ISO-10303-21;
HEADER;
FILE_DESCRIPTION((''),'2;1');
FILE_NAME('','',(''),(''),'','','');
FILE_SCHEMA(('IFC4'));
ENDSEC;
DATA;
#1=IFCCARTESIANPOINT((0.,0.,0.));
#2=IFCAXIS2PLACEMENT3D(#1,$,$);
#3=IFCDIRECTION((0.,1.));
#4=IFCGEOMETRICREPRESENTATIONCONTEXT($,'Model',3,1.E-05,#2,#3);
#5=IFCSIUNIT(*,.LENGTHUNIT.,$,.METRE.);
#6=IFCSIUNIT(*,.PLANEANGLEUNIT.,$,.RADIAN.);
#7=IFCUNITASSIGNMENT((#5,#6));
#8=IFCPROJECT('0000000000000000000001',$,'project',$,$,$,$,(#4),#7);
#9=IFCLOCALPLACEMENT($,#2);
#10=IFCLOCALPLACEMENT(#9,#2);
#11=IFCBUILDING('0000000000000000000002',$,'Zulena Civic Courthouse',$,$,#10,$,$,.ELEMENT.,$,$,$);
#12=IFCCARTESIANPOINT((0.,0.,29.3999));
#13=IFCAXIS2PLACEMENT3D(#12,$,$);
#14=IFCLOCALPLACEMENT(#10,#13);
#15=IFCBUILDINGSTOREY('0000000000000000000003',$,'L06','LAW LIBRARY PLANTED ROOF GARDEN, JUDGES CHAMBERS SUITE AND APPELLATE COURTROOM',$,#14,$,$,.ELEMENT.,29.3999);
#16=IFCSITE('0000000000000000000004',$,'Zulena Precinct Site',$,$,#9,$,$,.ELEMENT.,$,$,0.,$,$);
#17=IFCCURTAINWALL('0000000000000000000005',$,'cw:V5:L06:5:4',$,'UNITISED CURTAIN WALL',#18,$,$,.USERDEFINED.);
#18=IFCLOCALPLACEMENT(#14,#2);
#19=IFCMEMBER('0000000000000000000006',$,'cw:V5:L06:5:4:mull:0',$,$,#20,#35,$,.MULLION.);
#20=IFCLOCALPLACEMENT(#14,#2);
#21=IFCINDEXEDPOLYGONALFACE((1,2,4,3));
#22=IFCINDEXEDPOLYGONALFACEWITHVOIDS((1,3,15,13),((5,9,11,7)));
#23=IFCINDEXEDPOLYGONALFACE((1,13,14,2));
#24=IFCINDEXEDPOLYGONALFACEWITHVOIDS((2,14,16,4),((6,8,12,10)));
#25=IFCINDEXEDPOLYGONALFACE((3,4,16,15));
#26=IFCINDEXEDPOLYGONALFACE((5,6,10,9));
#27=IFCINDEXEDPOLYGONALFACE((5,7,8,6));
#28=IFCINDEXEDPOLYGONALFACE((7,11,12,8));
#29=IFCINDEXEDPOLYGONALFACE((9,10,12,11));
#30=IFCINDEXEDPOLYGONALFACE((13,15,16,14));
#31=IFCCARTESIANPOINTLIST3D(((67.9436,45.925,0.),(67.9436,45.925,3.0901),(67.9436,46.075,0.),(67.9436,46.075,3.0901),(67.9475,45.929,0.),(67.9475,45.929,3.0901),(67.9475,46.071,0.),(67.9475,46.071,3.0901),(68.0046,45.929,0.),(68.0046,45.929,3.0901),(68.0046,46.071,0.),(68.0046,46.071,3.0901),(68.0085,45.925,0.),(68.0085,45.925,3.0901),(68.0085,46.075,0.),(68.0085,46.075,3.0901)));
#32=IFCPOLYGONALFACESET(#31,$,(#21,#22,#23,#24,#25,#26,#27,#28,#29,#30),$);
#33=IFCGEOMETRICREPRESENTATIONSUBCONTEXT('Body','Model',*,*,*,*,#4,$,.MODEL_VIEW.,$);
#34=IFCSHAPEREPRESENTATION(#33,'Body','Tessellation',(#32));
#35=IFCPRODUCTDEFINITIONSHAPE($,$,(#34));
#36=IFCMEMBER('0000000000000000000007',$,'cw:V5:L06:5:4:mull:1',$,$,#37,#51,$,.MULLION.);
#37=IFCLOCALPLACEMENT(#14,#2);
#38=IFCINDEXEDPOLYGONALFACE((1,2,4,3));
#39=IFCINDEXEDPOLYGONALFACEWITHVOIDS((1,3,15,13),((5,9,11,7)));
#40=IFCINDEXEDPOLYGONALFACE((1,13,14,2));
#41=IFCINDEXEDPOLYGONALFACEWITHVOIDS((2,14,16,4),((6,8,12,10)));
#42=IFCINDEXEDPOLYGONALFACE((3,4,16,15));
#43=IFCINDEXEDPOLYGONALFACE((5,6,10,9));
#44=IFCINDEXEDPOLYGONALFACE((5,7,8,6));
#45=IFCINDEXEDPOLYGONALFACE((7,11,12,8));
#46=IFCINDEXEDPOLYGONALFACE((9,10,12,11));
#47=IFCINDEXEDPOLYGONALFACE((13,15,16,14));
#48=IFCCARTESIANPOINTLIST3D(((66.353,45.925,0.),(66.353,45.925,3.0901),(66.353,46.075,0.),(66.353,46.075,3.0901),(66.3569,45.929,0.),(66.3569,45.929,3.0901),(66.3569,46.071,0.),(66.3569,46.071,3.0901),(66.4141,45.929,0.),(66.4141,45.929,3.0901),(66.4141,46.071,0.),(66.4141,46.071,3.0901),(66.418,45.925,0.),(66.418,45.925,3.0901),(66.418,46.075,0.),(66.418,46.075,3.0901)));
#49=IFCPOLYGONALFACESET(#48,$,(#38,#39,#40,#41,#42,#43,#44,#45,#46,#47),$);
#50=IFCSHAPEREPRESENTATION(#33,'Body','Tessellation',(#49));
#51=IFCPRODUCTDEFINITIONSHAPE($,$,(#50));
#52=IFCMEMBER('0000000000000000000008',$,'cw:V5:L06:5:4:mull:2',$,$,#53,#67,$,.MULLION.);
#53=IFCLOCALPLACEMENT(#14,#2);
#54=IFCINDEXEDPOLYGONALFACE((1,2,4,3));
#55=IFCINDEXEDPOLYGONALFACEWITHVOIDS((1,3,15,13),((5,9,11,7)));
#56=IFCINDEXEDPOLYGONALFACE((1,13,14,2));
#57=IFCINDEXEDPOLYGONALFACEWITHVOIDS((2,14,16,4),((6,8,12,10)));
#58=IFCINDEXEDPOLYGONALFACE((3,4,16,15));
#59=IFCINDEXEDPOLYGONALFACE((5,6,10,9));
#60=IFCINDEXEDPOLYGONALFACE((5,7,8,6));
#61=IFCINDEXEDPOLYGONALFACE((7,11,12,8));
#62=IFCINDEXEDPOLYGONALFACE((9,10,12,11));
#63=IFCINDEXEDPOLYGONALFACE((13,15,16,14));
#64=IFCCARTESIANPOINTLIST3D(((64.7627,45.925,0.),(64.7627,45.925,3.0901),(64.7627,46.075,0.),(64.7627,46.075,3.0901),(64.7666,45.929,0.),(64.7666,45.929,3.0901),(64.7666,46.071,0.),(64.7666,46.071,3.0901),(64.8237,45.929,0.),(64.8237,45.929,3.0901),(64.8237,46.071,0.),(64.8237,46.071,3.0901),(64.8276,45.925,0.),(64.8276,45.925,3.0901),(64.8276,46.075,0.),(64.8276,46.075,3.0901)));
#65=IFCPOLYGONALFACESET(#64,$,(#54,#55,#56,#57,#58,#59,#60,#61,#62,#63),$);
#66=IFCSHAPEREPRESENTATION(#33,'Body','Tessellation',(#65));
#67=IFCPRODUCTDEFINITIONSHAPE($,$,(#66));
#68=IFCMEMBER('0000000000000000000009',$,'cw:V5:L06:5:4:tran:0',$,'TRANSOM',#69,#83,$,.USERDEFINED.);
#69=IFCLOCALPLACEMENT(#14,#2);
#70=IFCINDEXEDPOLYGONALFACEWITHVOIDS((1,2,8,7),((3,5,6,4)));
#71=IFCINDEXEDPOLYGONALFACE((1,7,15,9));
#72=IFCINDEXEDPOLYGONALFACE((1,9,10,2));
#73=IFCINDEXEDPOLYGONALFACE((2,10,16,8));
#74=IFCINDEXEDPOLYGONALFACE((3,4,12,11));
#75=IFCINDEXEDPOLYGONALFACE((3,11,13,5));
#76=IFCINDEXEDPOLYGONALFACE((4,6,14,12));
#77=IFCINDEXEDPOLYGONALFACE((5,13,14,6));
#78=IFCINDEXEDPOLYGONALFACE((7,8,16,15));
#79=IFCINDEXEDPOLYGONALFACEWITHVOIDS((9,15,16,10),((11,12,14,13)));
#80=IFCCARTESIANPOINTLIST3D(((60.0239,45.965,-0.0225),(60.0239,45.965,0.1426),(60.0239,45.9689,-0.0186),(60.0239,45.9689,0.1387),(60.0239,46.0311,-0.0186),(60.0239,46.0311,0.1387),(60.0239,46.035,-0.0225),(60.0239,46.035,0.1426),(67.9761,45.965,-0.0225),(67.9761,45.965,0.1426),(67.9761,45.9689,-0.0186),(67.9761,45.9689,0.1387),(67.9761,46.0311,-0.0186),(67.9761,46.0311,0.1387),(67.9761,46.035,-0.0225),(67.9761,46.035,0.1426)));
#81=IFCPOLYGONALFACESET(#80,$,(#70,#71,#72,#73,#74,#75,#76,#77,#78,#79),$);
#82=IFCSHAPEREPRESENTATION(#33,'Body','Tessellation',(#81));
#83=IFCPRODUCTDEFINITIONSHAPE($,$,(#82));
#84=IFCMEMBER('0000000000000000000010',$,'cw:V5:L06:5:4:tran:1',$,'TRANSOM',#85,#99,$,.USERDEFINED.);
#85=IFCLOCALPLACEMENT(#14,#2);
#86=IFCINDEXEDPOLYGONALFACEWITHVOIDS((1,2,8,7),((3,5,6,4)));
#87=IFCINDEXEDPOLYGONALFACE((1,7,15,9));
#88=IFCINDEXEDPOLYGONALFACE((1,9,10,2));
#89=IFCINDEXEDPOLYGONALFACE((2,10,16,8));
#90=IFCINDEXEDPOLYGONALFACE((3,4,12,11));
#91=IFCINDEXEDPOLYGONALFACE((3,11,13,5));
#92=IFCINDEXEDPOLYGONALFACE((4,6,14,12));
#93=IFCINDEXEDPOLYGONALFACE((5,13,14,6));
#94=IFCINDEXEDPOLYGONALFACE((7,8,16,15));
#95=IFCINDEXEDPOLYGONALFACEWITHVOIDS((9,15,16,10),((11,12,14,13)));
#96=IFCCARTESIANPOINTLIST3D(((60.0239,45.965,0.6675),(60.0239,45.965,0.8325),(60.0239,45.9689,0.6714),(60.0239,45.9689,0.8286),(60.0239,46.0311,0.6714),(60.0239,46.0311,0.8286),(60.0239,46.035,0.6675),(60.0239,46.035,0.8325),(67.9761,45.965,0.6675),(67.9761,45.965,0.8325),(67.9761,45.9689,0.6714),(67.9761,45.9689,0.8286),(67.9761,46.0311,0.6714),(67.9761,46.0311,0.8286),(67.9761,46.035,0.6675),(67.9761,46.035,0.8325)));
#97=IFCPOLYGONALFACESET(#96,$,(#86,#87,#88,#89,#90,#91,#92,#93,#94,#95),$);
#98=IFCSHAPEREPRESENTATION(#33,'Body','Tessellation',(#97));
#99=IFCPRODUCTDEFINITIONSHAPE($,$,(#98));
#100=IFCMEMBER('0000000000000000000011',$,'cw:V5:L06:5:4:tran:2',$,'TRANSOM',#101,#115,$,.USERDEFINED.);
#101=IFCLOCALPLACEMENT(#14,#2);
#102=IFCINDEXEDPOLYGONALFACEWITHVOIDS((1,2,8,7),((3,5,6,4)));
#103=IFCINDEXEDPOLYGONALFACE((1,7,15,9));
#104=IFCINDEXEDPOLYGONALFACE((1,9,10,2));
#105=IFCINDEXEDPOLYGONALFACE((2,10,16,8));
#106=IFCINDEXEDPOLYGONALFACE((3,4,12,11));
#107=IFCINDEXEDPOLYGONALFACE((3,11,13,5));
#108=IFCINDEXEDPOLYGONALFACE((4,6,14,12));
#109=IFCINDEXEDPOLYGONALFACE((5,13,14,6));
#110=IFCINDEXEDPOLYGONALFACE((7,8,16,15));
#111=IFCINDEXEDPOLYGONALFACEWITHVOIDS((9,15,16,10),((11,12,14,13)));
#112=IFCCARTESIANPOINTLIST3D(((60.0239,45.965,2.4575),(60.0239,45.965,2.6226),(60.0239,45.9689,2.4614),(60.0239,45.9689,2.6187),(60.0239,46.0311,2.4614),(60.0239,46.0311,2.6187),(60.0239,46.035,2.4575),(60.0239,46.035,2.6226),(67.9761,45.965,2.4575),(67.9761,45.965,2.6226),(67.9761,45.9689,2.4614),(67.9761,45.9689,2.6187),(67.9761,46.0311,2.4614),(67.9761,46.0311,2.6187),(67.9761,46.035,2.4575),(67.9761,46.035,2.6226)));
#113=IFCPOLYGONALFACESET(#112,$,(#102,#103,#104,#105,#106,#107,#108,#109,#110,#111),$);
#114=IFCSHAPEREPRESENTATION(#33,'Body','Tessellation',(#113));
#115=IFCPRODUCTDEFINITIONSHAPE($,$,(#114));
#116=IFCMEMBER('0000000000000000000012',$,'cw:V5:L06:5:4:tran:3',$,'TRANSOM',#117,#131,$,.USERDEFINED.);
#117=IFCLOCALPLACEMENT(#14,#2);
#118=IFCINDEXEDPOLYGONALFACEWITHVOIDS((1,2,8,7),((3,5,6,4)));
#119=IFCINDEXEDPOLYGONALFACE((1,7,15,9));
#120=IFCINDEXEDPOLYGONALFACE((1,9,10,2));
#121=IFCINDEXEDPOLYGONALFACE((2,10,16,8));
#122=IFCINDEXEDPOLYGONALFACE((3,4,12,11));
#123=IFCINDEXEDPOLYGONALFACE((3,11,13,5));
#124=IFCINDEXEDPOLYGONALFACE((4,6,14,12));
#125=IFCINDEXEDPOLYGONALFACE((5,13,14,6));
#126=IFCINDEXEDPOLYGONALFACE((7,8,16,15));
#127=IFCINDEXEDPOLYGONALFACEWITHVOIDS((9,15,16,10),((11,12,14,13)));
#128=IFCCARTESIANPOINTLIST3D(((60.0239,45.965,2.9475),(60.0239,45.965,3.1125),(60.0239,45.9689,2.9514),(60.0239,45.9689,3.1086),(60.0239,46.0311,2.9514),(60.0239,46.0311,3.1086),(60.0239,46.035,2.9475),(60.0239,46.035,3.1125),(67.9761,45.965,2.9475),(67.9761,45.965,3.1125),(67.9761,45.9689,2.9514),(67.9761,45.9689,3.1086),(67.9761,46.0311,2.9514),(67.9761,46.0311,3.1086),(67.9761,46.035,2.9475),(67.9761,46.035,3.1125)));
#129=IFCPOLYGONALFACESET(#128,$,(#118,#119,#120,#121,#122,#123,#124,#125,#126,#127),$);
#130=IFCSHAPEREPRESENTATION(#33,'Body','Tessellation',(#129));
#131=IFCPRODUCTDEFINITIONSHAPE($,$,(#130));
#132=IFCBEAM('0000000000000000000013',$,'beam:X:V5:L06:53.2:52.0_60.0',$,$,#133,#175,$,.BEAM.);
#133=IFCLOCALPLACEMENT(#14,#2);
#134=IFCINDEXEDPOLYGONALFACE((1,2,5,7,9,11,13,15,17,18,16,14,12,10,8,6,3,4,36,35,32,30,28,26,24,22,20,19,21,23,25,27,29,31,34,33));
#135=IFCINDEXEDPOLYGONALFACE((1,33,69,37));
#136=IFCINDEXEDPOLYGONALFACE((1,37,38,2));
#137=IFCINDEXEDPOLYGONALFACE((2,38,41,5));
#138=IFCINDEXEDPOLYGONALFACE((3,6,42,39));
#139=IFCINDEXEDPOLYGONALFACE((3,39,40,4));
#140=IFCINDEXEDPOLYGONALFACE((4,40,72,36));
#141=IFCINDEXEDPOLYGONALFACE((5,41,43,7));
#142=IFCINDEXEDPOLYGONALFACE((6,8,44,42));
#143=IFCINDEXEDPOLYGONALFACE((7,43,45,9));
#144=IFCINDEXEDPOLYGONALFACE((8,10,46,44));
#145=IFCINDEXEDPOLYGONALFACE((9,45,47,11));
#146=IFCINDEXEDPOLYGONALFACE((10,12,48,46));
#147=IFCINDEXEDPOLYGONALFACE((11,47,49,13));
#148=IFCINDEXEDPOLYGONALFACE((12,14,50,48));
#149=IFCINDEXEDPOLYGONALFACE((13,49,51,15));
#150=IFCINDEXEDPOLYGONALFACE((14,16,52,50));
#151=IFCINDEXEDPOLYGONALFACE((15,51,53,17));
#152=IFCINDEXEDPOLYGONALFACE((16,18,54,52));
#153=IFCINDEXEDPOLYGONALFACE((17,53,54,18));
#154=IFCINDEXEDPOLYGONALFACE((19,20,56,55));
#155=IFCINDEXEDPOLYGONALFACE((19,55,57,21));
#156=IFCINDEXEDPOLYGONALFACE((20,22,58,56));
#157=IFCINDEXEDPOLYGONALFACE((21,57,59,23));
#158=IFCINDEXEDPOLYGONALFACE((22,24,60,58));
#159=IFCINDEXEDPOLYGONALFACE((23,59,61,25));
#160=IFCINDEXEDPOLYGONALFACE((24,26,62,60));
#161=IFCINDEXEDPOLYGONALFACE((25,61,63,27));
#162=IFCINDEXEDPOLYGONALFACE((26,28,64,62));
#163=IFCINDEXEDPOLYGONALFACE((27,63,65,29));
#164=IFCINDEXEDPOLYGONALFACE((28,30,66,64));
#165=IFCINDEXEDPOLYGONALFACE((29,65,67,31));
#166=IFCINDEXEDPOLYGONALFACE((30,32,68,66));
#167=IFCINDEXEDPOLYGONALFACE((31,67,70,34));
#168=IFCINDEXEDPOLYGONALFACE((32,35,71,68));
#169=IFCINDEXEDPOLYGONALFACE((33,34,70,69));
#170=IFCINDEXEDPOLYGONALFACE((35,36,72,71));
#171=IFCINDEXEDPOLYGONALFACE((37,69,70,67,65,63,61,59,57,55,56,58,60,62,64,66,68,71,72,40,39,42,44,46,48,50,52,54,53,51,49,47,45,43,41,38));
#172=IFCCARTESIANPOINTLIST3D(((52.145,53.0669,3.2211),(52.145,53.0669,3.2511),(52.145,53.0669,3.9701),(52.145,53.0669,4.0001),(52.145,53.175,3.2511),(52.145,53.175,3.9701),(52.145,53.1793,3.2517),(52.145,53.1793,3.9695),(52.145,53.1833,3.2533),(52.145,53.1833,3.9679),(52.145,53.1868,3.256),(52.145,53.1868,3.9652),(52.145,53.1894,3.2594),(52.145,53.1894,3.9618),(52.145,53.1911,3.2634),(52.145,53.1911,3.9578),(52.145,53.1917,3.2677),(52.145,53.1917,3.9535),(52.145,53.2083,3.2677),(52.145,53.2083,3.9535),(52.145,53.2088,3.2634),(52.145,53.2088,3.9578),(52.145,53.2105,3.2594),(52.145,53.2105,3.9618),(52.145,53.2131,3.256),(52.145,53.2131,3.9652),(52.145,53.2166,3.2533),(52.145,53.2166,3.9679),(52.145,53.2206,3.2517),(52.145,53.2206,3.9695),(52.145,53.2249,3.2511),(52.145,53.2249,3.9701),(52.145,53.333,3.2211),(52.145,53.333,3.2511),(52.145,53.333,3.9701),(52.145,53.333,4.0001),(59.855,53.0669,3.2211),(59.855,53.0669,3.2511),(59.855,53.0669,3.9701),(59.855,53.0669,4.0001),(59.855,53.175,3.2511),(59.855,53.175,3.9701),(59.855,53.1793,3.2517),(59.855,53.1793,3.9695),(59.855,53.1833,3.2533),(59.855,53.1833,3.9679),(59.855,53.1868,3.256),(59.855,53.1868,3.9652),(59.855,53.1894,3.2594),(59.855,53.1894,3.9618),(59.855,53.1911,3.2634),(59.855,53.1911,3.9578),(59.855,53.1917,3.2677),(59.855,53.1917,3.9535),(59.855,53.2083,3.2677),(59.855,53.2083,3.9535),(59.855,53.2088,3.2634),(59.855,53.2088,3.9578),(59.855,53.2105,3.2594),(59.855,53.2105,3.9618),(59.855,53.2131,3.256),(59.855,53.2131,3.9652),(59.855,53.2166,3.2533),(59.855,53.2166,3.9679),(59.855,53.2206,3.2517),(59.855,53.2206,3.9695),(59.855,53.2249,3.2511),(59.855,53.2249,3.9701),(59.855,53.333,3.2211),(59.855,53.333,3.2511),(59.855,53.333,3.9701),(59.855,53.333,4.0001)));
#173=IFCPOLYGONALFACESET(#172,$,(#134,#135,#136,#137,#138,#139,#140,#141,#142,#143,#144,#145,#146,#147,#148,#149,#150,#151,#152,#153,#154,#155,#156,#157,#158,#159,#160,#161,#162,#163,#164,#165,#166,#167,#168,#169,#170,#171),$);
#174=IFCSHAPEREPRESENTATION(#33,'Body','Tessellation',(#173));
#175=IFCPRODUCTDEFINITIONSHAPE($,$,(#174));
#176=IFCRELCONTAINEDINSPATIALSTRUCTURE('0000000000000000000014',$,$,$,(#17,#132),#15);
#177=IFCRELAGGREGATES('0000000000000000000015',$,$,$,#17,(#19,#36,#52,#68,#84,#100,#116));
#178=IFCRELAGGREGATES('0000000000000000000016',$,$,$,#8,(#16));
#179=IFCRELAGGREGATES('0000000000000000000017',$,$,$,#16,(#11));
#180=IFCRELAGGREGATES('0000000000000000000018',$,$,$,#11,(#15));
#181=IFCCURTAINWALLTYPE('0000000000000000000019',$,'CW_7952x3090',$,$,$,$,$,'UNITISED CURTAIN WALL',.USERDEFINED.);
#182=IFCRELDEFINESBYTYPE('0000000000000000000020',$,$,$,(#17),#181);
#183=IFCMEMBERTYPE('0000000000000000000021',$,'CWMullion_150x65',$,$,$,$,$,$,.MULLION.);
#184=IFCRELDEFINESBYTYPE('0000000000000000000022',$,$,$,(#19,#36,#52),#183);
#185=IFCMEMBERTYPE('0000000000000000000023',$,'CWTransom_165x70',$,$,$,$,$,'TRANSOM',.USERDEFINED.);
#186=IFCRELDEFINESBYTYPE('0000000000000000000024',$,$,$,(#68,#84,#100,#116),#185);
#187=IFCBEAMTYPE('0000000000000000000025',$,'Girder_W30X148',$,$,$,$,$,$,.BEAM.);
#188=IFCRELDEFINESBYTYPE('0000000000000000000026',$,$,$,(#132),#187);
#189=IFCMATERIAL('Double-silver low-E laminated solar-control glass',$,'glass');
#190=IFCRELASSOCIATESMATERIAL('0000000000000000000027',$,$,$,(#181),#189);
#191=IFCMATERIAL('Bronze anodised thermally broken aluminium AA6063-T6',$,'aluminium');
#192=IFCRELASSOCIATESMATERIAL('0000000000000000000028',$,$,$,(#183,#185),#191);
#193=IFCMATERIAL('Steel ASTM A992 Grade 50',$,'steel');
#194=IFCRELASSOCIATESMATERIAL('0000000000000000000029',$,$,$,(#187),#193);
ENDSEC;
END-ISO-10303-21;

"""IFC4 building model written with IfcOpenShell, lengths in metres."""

from ifc_helpers import new_model, si_unit, direction, frame, origin, origin_2d, place, context, subcontext, project, spatial, hollow_rectangle, i_section, extrude, material, material_profile, profile_set, type_object, element, aggregate, save


model = new_model("IFC4")

# Units and contexts
model_context = context("Model", 3, precision=1e-05, world=origin(), true_north=direction((0.0, 1.0)))
body_context = subcontext(model_context, "Body", "Model", "MODEL_VIEW")
ifc_project = project(units=[si_unit("LENGTHUNIT", "METRE"), si_unit("PLANEANGLEUNIT", "RADIAN")], contexts=[model_context])

# Site, building, storey
site_placement = place(None, origin())
site = spatial("IfcSite", under=ifc_project, at=site_placement, Name="Zulena Precinct Site", CompositionType="ELEMENT", RefElevation=0.0)
building_placement = place(site_placement, origin())
building = spatial("IfcBuilding", under=site, at=building_placement, Name="Zulena Civic Courthouse", CompositionType="ELEMENT")
storey_placement = place(building_placement, frame((0.0, 0.0, 29.3999)))
storey = spatial("IfcBuildingStorey", under=building, at=storey_placement, Name="L06", Description="LAW LIBRARY PLANTED ROOF GARDEN, JUDGES CHAMBERS SUITE AND APPELLATE COURTROOM", CompositionType="ELEMENT", Elevation=29.3999)

# Shared definitions
ifc_material_1 = material(Name="Steel ASTM A992 Grade 50", Category="steel")

# Curtain wall, members
ifc_material_2 = material(Name="Double-silver low-E laminated solar-control glass", Category="glass")
curtain_wall_type = type_object("IfcCurtainWallType", Name="CW_7952x3090", ElementType="UNITISED CURTAIN WALL", PredefinedType="USERDEFINED", material=ifc_material_2)
curtain_wall_placement = place(storey_placement, origin())
curtain_wall = element("IfcCurtainWall", 1, at=curtain_wall_placement, inside=storey, type_object=curtain_wall_type, Name="cw:V5:L06:5:4", ObjectType="UNITISED CURTAIN WALL", PredefinedType="USERDEFINED")
ifc_material_3 = material(Name="Bronze anodised thermally broken aluminium AA6063-T6", Category="aluminium")
ifc_material_profile_1 = material_profile(ifc_material_3, hollow_rectangle(XDim=0.0649, YDim=0.1499, WallThickness=0.0039, at=origin_2d()), Name="CWM150X65X4")
ifc_profile_set_1 = profile_set([ifc_material_profile_1], Name="Bronze anodised thermally broken aluminium AA6063-T6")
member_type_1 = type_object("IfcMemberType", Name="CWMullion_150x65", PredefinedType="MULLION", material=ifc_profile_set_1)
member_1_placement = place(storey_placement, frame((67.9761, 46.0, 0.0), z_axis=(0.0, 0.0, 1.0), x_axis=(1.0, 0.0, 0.0)))
member_1 = element("IfcMember", 2, at=member_1_placement, type_object=member_type_1, Name="cw:V5:L06:5:4:mull:0", PredefinedType="MULLION", context=body_context, shape_type="SweptSolid", body=[
    extrude(hollow_rectangle(XDim=0.0649, YDim=0.1499, WallThickness=0.0039, at=origin_2d()), origin(), (0.0, 0.0, 1.0), 3.0901),
])
member_2_placement = place(storey_placement, frame((66.3855, 46.0, 0.0), z_axis=(0.0, 0.0, 1.0), x_axis=(1.0, 0.0, 0.0)))
member_2 = element("IfcMember", 3, at=member_2_placement, type_object=member_type_1, Name="cw:V5:L06:5:4:mull:1", PredefinedType="MULLION", context=body_context, shape_type="SweptSolid", body=[
    extrude(hollow_rectangle(XDim=0.0649, YDim=0.1499, WallThickness=0.0039, at=origin_2d()), origin(), (0.0, 0.0, 1.0), 3.0901),
])
member_3_placement = place(storey_placement, frame((64.7952, 46.0, 0.0), z_axis=(0.0, 0.0, 1.0), x_axis=(1.0, 0.0, 0.0)))
member_3 = element("IfcMember", 4, at=member_3_placement, type_object=member_type_1, Name="cw:V5:L06:5:4:mull:2", PredefinedType="MULLION", context=body_context, shape_type="SweptSolid", body=[
    extrude(hollow_rectangle(XDim=0.0649, YDim=0.1499, WallThickness=0.0039, at=origin_2d()), origin(), (0.0, 0.0, 1.0), 3.0901),
])
ifc_material_profile_2 = material_profile(ifc_material_3, hollow_rectangle(XDim=0.0701, YDim=0.165, WallThickness=0.0039, at=origin_2d()), Name="CWT165X70X4")
ifc_profile_set_2 = profile_set([ifc_material_profile_2], Name="Bronze anodised thermally broken aluminium AA6063-T6")
member_type_2 = type_object("IfcMemberType", Name="CWTransom_165x70", ElementType="TRANSOM", PredefinedType="USERDEFINED", material=ifc_profile_set_2)
member_4_placement = place(storey_placement, frame((67.9761, 46.0, 0.0601), z_axis=(-1.0, 0.0, 0.0), x_axis=(0.0, -1.0, 0.0)))
member_4 = element("IfcMember", 5, at=member_4_placement, type_object=member_type_2, Name="cw:V5:L06:5:4:tran:0", ObjectType="TRANSOM", PredefinedType="USERDEFINED", context=body_context, shape_type="SweptSolid", body=[
    extrude(hollow_rectangle(XDim=0.0701, YDim=0.165, WallThickness=0.0039, at=origin_2d()), origin(), (0.0, 0.0, 1.0), 7.9521),
])
member_5_placement = place(storey_placement, frame((67.9761, 46.0, 0.75), z_axis=(-1.0, 0.0, 0.0), x_axis=(0.0, -1.0, 0.0)))
member_5 = element("IfcMember", 6, at=member_5_placement, type_object=member_type_2, Name="cw:V5:L06:5:4:tran:1", ObjectType="TRANSOM", PredefinedType="USERDEFINED", context=body_context, shape_type="SweptSolid", body=[
    extrude(hollow_rectangle(XDim=0.0701, YDim=0.165, WallThickness=0.0039, at=origin_2d()), origin(), (0.0, 0.0, 1.0), 7.9521),
])
member_6_placement = place(storey_placement, frame((67.9761, 46.0, 2.54), z_axis=(-1.0, 0.0, 0.0), x_axis=(0.0, -1.0, 0.0)))
member_6 = element("IfcMember", 7, at=member_6_placement, type_object=member_type_2, Name="cw:V5:L06:5:4:tran:2", ObjectType="TRANSOM", PredefinedType="USERDEFINED", context=body_context, shape_type="SweptSolid", body=[
    extrude(hollow_rectangle(XDim=0.0701, YDim=0.165, WallThickness=0.0039, at=origin_2d()), origin(), (0.0, 0.0, 1.0), 7.9521),
])
member_7_placement = place(storey_placement, frame((67.9761, 46.0, 3.03), z_axis=(-1.0, 0.0, 0.0), x_axis=(0.0, -1.0, 0.0)))
member_7 = element("IfcMember", 8, at=member_7_placement, type_object=member_type_2, Name="cw:V5:L06:5:4:tran:3", ObjectType="TRANSOM", PredefinedType="USERDEFINED", context=body_context, shape_type="SweptSolid", body=[
    extrude(hollow_rectangle(XDim=0.0701, YDim=0.165, WallThickness=0.0039, at=origin_2d()), origin(), (0.0, 0.0, 1.0), 7.9521),
])

# Beam
ifc_material_profile_3 = material_profile(ifc_material_1, i_section(OverallWidth=0.2661, OverallDepth=0.7791, WebThickness=0.0166, FlangeThickness=0.03, FilletRadius=0.0166, at=origin_2d()), Name="W30X148")
ifc_profile_set_3 = profile_set([ifc_material_profile_3], Name="Steel ASTM A992 Grade 50")
beam_type_1 = type_object("IfcBeamType", Name="Girder_W30X148", PredefinedType="BEAM", material=ifc_profile_set_3)
for number, where, z_axis, x_axis, name in (
    (9, (52.145, 53.2, 3.6106), (1.0, 0.0, 0.0), (0.0, 1.0, 0.0), "beam:X:V5:L06:53.2:52.0_60.0"),
):
    element("IfcBeam", number, at=place(storey_placement, frame(where, z_axis=z_axis, x_axis=x_axis)), inside=storey, type_object=beam_type_1, Name=name, PredefinedType="BEAM", context=body_context, shape_type="SweptSolid", body=[
        extrude(i_section(OverallWidth=0.2661, OverallDepth=0.7791, WebThickness=0.0166, FlangeThickness=0.03, FilletRadius=0.0166, at=origin_2d()), origin(), (0.0, 0.0, 1.0), 7.71),
    ])

aggregate(curtain_wall, [member_1, member_2, member_3, member_4, member_5, member_6, member_7])

save(model, "model.ifc")
